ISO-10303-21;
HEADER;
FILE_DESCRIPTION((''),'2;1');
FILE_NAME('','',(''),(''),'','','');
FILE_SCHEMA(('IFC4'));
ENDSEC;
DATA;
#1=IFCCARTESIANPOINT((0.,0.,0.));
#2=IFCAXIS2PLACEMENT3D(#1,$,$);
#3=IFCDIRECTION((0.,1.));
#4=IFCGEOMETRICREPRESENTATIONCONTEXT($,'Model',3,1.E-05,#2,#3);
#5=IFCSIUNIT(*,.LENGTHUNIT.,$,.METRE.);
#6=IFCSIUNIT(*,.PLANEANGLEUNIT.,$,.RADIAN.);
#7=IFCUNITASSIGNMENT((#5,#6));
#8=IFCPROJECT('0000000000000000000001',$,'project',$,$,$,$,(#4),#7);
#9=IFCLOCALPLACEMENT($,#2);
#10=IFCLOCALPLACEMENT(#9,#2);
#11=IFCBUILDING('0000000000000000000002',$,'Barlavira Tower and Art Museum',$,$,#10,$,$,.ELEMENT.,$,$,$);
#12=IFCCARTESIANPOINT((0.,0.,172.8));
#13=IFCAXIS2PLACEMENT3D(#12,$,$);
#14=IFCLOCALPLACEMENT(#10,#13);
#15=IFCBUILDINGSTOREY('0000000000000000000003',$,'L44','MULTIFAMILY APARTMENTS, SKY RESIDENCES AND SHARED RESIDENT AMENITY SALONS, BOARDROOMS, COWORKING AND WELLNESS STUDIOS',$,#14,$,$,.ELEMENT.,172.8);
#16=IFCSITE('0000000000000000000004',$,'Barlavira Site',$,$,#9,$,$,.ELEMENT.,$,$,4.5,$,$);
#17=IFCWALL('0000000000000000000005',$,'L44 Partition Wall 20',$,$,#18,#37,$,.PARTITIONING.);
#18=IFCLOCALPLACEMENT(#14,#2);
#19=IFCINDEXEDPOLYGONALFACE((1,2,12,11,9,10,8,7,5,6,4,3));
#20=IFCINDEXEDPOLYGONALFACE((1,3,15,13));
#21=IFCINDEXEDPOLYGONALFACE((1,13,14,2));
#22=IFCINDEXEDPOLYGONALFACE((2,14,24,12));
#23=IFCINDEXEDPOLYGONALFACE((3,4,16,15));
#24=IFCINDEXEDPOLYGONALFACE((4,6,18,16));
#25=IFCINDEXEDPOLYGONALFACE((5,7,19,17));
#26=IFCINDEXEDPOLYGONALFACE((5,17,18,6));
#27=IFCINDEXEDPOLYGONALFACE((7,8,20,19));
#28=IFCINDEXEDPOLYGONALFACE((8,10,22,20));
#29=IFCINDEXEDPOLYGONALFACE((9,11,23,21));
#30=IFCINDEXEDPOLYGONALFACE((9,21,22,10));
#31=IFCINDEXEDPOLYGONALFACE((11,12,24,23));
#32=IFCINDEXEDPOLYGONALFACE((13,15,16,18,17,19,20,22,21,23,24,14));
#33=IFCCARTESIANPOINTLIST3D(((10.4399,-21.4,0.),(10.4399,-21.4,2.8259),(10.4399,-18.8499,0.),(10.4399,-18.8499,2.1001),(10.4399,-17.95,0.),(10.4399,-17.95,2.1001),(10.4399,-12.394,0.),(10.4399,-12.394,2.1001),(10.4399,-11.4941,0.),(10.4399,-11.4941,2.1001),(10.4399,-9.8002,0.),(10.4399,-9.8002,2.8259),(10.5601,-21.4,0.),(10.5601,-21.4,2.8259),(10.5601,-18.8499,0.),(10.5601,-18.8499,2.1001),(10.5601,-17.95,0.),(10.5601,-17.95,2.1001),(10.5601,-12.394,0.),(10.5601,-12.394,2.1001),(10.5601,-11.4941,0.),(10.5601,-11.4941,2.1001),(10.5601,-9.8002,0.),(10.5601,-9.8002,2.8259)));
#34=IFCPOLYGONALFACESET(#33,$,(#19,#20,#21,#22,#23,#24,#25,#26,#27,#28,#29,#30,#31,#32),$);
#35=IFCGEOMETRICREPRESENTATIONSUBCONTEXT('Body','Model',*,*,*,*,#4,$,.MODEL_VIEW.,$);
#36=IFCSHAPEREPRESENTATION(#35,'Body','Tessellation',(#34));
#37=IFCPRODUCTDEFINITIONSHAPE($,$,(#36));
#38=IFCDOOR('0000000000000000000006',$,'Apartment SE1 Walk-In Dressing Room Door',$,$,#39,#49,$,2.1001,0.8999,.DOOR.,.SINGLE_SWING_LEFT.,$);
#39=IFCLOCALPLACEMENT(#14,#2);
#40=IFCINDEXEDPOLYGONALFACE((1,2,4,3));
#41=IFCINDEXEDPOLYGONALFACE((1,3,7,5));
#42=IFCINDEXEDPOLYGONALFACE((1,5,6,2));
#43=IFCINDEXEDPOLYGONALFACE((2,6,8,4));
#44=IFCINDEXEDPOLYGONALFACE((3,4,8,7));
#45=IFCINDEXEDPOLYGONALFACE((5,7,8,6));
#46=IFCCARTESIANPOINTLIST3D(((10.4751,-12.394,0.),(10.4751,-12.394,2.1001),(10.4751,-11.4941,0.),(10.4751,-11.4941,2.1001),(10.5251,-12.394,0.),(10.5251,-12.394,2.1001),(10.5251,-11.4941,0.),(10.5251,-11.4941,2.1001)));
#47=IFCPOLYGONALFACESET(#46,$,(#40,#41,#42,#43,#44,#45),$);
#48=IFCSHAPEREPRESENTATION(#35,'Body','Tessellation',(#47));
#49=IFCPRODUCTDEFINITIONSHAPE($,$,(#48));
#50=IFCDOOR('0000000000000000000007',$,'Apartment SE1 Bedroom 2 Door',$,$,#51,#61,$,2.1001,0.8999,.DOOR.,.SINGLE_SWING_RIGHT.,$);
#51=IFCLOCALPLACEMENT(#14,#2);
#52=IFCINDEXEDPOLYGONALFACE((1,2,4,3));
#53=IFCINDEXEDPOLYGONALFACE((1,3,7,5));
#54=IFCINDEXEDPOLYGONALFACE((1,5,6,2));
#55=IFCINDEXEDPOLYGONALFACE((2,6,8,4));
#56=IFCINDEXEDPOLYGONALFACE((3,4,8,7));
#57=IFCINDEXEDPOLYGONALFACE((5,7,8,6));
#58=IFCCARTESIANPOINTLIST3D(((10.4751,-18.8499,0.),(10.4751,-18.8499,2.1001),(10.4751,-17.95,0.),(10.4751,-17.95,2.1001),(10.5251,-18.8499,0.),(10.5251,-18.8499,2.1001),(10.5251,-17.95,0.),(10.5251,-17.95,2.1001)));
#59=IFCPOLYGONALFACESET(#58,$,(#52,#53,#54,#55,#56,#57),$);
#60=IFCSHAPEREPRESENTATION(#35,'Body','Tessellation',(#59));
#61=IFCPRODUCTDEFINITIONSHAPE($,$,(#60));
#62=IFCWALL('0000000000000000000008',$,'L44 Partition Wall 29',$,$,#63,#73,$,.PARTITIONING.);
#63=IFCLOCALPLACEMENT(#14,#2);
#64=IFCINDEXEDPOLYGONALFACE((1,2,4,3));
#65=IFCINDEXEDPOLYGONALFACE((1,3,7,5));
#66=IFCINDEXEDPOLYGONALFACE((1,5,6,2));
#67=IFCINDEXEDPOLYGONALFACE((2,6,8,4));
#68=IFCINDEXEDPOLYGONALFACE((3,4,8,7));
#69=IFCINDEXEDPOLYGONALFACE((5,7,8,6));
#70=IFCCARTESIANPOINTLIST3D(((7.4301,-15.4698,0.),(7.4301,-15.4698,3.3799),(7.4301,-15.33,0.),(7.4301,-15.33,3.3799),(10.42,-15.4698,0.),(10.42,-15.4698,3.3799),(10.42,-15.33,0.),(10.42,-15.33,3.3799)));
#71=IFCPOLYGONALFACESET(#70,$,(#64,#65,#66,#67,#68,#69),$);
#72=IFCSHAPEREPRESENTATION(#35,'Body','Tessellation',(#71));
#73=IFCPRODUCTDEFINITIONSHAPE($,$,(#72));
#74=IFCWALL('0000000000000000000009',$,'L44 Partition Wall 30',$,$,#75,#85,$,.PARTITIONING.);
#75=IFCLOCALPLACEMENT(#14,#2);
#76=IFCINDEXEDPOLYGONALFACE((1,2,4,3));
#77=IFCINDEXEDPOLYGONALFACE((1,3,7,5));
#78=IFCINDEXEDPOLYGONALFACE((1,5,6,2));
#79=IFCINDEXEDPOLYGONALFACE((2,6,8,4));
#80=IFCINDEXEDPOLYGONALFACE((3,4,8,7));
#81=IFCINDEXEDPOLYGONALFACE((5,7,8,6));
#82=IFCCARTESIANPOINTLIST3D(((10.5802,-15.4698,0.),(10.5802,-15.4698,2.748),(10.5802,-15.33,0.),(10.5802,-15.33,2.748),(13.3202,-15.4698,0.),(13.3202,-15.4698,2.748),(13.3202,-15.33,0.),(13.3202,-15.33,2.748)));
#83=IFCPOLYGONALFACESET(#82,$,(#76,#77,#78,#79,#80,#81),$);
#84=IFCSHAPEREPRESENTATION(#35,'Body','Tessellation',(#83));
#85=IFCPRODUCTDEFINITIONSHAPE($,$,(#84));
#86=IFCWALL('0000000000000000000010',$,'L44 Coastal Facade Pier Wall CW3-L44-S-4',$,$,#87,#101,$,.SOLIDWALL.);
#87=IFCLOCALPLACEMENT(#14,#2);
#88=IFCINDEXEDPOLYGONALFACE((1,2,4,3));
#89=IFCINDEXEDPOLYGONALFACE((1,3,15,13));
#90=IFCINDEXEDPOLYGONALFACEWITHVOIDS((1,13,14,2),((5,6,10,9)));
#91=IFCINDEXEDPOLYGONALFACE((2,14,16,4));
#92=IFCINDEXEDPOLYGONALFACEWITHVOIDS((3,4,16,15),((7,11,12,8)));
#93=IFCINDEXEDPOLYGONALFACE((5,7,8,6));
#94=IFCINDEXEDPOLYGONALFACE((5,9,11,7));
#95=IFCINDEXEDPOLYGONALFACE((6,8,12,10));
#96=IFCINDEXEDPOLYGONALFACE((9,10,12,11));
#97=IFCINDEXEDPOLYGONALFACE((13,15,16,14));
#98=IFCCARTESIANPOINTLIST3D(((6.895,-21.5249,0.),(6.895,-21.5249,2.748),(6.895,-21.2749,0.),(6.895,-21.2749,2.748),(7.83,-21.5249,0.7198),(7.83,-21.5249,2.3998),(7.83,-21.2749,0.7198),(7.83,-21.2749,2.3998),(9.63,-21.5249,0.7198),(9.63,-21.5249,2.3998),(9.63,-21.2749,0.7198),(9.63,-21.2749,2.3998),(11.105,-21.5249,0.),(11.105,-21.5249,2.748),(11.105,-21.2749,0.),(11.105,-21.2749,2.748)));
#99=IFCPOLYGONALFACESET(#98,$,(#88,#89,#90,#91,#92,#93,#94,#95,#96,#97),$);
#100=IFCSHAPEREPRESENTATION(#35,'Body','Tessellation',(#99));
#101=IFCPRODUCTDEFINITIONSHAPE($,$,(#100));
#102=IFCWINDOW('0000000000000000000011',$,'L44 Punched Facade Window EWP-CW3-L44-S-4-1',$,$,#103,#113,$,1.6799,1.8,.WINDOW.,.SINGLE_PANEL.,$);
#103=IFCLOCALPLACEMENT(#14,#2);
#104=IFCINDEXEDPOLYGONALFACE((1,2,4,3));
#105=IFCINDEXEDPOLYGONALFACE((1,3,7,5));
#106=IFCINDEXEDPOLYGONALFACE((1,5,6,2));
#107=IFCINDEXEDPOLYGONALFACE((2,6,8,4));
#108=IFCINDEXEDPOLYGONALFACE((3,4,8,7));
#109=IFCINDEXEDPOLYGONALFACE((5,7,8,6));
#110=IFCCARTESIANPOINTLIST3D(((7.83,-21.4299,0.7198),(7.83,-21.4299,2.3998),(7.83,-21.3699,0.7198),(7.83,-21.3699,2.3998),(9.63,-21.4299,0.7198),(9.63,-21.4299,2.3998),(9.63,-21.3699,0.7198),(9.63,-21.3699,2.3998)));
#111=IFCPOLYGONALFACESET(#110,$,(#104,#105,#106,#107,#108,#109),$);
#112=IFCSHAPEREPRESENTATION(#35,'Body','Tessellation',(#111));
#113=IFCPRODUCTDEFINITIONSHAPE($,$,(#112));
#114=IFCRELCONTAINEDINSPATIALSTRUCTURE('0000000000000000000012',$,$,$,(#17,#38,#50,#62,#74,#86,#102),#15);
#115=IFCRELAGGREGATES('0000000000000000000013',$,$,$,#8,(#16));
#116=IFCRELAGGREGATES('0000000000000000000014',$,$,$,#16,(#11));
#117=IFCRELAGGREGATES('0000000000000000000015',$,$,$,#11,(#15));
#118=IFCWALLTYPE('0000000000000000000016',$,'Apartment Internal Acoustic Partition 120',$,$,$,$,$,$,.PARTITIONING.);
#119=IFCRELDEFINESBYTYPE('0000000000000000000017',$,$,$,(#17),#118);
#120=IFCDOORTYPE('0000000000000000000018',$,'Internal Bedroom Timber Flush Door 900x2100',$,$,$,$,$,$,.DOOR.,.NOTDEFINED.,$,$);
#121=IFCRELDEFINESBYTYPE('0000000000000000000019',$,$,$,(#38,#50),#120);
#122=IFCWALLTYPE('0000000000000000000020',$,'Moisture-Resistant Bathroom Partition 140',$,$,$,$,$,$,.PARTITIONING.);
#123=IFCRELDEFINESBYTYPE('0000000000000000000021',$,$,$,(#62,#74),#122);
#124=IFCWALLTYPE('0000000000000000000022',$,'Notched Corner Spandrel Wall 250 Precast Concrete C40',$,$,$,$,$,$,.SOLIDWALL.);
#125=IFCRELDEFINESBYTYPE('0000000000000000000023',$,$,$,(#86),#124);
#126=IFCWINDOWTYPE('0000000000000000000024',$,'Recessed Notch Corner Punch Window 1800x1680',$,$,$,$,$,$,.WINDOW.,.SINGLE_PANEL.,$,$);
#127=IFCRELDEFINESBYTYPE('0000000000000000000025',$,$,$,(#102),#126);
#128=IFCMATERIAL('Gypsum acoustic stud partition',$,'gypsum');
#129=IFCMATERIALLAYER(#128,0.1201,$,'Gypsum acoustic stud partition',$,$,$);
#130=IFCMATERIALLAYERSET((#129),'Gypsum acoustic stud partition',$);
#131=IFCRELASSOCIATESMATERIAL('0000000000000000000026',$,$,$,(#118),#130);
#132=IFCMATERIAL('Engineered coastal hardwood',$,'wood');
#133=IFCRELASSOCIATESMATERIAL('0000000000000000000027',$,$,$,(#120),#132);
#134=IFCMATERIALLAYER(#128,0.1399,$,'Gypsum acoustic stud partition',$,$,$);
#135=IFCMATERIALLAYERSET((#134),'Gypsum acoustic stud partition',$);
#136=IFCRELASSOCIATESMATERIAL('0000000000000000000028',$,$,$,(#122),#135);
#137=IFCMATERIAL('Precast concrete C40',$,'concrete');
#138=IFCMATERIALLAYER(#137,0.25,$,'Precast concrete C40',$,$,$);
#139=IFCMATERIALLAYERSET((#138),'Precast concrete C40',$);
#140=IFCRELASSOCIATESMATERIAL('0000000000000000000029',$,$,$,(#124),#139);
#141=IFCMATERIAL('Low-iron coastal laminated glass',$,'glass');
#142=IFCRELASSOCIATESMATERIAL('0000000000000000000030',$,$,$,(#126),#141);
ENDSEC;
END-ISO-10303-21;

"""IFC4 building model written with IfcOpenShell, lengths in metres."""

from ifc_helpers import new_model, si_unit, direction, frame, frame_2d, origin, place, context, subcontext, project, spatial, rectangle, extrude, material, layer, layer_set, type_object, element, fill, save


model = new_model("IFC4")

# Units and contexts
model_context = context("Model", 3, precision=1e-05, world=origin(), true_north=direction((0.0, 1.0)))
body_context = subcontext(model_context, "Body", "Model", "MODEL_VIEW")
ifc_project = project(units=[si_unit("LENGTHUNIT", "METRE"), si_unit("PLANEANGLEUNIT", "RADIAN")], contexts=[model_context])

# Site, building, storey
site_placement = place(None, origin())
site = spatial("IfcSite", under=ifc_project, at=site_placement, Name="Barlavira Site", CompositionType="ELEMENT", RefElevation=4.5)
building_placement = place(site_placement, origin())
building = spatial("IfcBuilding", under=site, at=building_placement, Name="Barlavira Tower and Art Museum", CompositionType="ELEMENT")
storey_placement = place(building_placement, frame((0.0, 0.0, 172.8)))
storey = spatial("IfcBuildingStorey", under=building, at=storey_placement, Name="L44", Description="MULTIFAMILY APARTMENTS, SKY RESIDENCES AND SHARED RESIDENT AMENITY SALONS, BOARDROOMS, COWORKING AND WELLNESS STUDIOS", CompositionType="ELEMENT", Elevation=172.8)

# Shared definitions
ifc_material_1 = material(Name="Gypsum acoustic stud partition", Category="gypsum")
ifc_layer_1 = layer(ifc_material_1, 0.1201, Name="Gypsum acoustic stud partition")
ifc_layer_set_1 = layer_set([ifc_layer_1], Name="Gypsum acoustic stud partition")
wall_type_1 = type_object("IfcWallType", Name="Apartment Internal Acoustic Partition 120", PredefinedType="PARTITIONING", material=ifc_layer_set_1)
ifc_material_2 = material(Name="Engineered coastal hardwood", Category="wood")

# Wall, openings, doors
wall_1_placement = place(storey_placement, frame((10.5, -21.3999, 0.0), z_axis=(0.0, 0.0, 1.0), x_axis=(0.0, 1.0, 0.0)))
wall_1 = element("IfcWall", 1, at=wall_1_placement, inside=storey, type_object=wall_type_1, Name="L44 Partition Wall 20", PredefinedType="PARTITIONING", context=body_context, shape_type="SweptSolid", body=[
    extrude(rectangle(XDim=11.5999, YDim=0.1201, at=frame_2d((5.7998, 0.0))), origin(), (0.0, 0.0, 1.0), 2.8259),
])
opening_1_placement = place(wall_1_placement, frame((9.0059, 0.0, 0.0)))
opening_1 = element("IfcOpeningElement", 2, at=opening_1_placement, cuts=wall_1, PredefinedType="OPENING", context=body_context, shape_type="SweptSolid", body=[
    extrude(rectangle(XDim=0.8999, YDim=2.1001, at=frame_2d((0.45, 1.05))), frame((0.0, 0.0701, 0.0), z_axis=(0.0, -1.0, 0.0), x_axis=(1.0, 0.0, 0.0)), (0.0, 0.0, 1.0), 0.1401),
])
opening_2_placement = place(wall_1_placement, frame((2.55, 0.0, 0.0)))
opening_2 = element("IfcOpeningElement", 3, at=opening_2_placement, cuts=wall_1, PredefinedType="OPENING", context=body_context, shape_type="SweptSolid", body=[
    extrude(rectangle(XDim=0.8999, YDim=2.1001, at=frame_2d((0.45, 1.05))), frame((0.0, 0.0701, 0.0), z_axis=(0.0, -1.0, 0.0), x_axis=(1.0, 0.0, 0.0)), (0.0, 0.0, 1.0), 0.1401),
])
door_type_1 = type_object("IfcDoorType", Name="Internal Bedroom Timber Flush Door 900x2100", OperationType="NOTDEFINED", PredefinedType="DOOR", material=ifc_material_2)
door_1_placement = place(opening_1_placement, origin())
door_1 = element("IfcDoor", 4, at=door_1_placement, inside=storey, type_object=door_type_1, Name="Apartment SE1 Walk-In Dressing Room Door", OperationType="SINGLE_SWING_LEFT", OverallHeight=2.1001, OverallWidth=0.8999, PredefinedType="DOOR", context=body_context, shape_type="SweptSolid", body=[
    extrude(rectangle(XDim=0.8999, YDim=2.1001, at=frame_2d((0.45, 1.05))), frame((0.0, 0.0249, 0.0), z_axis=(0.0, -1.0, 0.0), x_axis=(1.0, 0.0, 0.0)), (0.0, 0.0, 1.0), 0.05),
])
fill(opening_1, door_1)
door_2_placement = place(opening_2_placement, origin())
door_2 = element("IfcDoor", 5, at=door_2_placement, inside=storey, type_object=door_type_1, Name="Apartment SE1 Bedroom 2 Door", OperationType="SINGLE_SWING_RIGHT", OverallHeight=2.1001, OverallWidth=0.8999, PredefinedType="DOOR", context=body_context, shape_type="SweptSolid", body=[
    extrude(rectangle(XDim=0.8999, YDim=2.1001, at=frame_2d((0.45, 1.05))), frame((0.0, 0.0249, 0.0), z_axis=(0.0, -1.0, 0.0), x_axis=(1.0, 0.0, 0.0)), (0.0, 0.0, 1.0), 0.05),
])
fill(opening_2, door_2)

# Walls
ifc_layer_2 = layer(ifc_material_1, 0.1399, Name="Gypsum acoustic stud partition")
ifc_layer_set_2 = layer_set([ifc_layer_2], Name="Gypsum acoustic stud partition")
wall_type_2 = type_object("IfcWallType", Name="Moisture-Resistant Bathroom Partition 140", PredefinedType="PARTITIONING", material=ifc_layer_set_2)
wall_2_placement = place(storey_placement, frame((7.4299, -15.3999, 0.0), z_axis=(0.0, 0.0, 1.0), x_axis=(1.0, 0.0, 0.0)))
element("IfcWall", 6, at=wall_2_placement, inside=storey, type_object=wall_type_2, Name="L44 Partition Wall 29", PredefinedType="PARTITIONING", context=body_context, shape_type="SweptSolid", body=[
    extrude(rectangle(XDim=2.99, YDim=0.1399, at=frame_2d((1.4951, 0.0))), origin(), (0.0, 0.0, 1.0), 3.3799),
])
wall_3_placement = place(storey_placement, frame((10.5801, -15.3999, 0.0), z_axis=(0.0, 0.0, 1.0), x_axis=(1.0, 0.0, 0.0)))
element("IfcWall", 7, at=wall_3_placement, inside=storey, type_object=wall_type_2, Name="L44 Partition Wall 30", PredefinedType="PARTITIONING", context=body_context, shape_type="SweptSolid", body=[
    extrude(rectangle(XDim=2.74, YDim=0.1399, at=frame_2d((1.3701, 0.0))), origin(), (0.0, 0.0, 1.0), 2.748),
])

# Wall, opening, window
ifc_material_3 = material(Name="Precast concrete C40", Category="concrete")
ifc_layer_3 = layer(ifc_material_3, 0.25, Name="Precast concrete C40")
ifc_layer_set_3 = layer_set([ifc_layer_3], Name="Precast concrete C40")
wall_type_3 = type_object("IfcWallType", Name="Notched Corner Spandrel Wall 250 Precast Concrete C40", PredefinedType="SOLIDWALL", material=ifc_layer_set_3)
wall_4_placement = place(storey_placement, frame((6.895, -21.3999, 0.0), z_axis=(0.0, 0.0, 1.0), x_axis=(1.0, 0.0, 0.0)))
wall_4 = element("IfcWall", 8, at=wall_4_placement, inside=storey, type_object=wall_type_3, Name="L44 Coastal Facade Pier Wall CW3-L44-S-4", PredefinedType="SOLIDWALL", context=body_context, shape_type="SweptSolid", body=[
    extrude(rectangle(XDim=4.21, YDim=0.25, at=frame_2d((2.105, 0.0))), origin(), (0.0, 0.0, 1.0), 2.748),
])
opening_3_placement = place(wall_4_placement, frame((0.9351, 0.0, 0.72)))
opening_3 = element("IfcOpeningElement", 9, at=opening_3_placement, cuts=wall_4, PredefinedType="OPENING", context=body_context, shape_type="SweptSolid", body=[
    extrude(rectangle(XDim=1.8, YDim=1.6799, at=frame_2d((0.8999, 0.8398))), frame((0.0, 0.135, 0.0), z_axis=(0.0, -1.0, 0.0), x_axis=(1.0, 0.0, 0.0)), (0.0, 0.0, 1.0), 0.27),
])
ifc_material_4 = material(Name="Low-iron coastal laminated glass", Category="glass")
window_type = type_object("IfcWindowType", Name="Recessed Notch Corner Punch Window 1800x1680", PartitioningType="SINGLE_PANEL", PredefinedType="WINDOW", material=ifc_material_4)
window_placement = place(opening_3_placement, origin())
window = element("IfcWindow", 10, at=window_placement, inside=storey, type_object=window_type, Name="L44 Punched Facade Window EWP-CW3-L44-S-4-1", OverallHeight=1.6799, OverallWidth=1.8, PartitioningType="SINGLE_PANEL", PredefinedType="WINDOW", context=body_context, shape_type="SweptSolid", body=[
    extrude(rectangle(XDim=1.8, YDim=1.6799, at=frame_2d((0.8999, 0.8398))), frame((0.0, 0.03, 0.0), z_axis=(0.0, -1.0, 0.0), x_axis=(1.0, 0.0, 0.0)), (0.0, 0.0, 1.0), 0.0601),
])
fill(opening_3, window)

save(model, "model.ifc")
